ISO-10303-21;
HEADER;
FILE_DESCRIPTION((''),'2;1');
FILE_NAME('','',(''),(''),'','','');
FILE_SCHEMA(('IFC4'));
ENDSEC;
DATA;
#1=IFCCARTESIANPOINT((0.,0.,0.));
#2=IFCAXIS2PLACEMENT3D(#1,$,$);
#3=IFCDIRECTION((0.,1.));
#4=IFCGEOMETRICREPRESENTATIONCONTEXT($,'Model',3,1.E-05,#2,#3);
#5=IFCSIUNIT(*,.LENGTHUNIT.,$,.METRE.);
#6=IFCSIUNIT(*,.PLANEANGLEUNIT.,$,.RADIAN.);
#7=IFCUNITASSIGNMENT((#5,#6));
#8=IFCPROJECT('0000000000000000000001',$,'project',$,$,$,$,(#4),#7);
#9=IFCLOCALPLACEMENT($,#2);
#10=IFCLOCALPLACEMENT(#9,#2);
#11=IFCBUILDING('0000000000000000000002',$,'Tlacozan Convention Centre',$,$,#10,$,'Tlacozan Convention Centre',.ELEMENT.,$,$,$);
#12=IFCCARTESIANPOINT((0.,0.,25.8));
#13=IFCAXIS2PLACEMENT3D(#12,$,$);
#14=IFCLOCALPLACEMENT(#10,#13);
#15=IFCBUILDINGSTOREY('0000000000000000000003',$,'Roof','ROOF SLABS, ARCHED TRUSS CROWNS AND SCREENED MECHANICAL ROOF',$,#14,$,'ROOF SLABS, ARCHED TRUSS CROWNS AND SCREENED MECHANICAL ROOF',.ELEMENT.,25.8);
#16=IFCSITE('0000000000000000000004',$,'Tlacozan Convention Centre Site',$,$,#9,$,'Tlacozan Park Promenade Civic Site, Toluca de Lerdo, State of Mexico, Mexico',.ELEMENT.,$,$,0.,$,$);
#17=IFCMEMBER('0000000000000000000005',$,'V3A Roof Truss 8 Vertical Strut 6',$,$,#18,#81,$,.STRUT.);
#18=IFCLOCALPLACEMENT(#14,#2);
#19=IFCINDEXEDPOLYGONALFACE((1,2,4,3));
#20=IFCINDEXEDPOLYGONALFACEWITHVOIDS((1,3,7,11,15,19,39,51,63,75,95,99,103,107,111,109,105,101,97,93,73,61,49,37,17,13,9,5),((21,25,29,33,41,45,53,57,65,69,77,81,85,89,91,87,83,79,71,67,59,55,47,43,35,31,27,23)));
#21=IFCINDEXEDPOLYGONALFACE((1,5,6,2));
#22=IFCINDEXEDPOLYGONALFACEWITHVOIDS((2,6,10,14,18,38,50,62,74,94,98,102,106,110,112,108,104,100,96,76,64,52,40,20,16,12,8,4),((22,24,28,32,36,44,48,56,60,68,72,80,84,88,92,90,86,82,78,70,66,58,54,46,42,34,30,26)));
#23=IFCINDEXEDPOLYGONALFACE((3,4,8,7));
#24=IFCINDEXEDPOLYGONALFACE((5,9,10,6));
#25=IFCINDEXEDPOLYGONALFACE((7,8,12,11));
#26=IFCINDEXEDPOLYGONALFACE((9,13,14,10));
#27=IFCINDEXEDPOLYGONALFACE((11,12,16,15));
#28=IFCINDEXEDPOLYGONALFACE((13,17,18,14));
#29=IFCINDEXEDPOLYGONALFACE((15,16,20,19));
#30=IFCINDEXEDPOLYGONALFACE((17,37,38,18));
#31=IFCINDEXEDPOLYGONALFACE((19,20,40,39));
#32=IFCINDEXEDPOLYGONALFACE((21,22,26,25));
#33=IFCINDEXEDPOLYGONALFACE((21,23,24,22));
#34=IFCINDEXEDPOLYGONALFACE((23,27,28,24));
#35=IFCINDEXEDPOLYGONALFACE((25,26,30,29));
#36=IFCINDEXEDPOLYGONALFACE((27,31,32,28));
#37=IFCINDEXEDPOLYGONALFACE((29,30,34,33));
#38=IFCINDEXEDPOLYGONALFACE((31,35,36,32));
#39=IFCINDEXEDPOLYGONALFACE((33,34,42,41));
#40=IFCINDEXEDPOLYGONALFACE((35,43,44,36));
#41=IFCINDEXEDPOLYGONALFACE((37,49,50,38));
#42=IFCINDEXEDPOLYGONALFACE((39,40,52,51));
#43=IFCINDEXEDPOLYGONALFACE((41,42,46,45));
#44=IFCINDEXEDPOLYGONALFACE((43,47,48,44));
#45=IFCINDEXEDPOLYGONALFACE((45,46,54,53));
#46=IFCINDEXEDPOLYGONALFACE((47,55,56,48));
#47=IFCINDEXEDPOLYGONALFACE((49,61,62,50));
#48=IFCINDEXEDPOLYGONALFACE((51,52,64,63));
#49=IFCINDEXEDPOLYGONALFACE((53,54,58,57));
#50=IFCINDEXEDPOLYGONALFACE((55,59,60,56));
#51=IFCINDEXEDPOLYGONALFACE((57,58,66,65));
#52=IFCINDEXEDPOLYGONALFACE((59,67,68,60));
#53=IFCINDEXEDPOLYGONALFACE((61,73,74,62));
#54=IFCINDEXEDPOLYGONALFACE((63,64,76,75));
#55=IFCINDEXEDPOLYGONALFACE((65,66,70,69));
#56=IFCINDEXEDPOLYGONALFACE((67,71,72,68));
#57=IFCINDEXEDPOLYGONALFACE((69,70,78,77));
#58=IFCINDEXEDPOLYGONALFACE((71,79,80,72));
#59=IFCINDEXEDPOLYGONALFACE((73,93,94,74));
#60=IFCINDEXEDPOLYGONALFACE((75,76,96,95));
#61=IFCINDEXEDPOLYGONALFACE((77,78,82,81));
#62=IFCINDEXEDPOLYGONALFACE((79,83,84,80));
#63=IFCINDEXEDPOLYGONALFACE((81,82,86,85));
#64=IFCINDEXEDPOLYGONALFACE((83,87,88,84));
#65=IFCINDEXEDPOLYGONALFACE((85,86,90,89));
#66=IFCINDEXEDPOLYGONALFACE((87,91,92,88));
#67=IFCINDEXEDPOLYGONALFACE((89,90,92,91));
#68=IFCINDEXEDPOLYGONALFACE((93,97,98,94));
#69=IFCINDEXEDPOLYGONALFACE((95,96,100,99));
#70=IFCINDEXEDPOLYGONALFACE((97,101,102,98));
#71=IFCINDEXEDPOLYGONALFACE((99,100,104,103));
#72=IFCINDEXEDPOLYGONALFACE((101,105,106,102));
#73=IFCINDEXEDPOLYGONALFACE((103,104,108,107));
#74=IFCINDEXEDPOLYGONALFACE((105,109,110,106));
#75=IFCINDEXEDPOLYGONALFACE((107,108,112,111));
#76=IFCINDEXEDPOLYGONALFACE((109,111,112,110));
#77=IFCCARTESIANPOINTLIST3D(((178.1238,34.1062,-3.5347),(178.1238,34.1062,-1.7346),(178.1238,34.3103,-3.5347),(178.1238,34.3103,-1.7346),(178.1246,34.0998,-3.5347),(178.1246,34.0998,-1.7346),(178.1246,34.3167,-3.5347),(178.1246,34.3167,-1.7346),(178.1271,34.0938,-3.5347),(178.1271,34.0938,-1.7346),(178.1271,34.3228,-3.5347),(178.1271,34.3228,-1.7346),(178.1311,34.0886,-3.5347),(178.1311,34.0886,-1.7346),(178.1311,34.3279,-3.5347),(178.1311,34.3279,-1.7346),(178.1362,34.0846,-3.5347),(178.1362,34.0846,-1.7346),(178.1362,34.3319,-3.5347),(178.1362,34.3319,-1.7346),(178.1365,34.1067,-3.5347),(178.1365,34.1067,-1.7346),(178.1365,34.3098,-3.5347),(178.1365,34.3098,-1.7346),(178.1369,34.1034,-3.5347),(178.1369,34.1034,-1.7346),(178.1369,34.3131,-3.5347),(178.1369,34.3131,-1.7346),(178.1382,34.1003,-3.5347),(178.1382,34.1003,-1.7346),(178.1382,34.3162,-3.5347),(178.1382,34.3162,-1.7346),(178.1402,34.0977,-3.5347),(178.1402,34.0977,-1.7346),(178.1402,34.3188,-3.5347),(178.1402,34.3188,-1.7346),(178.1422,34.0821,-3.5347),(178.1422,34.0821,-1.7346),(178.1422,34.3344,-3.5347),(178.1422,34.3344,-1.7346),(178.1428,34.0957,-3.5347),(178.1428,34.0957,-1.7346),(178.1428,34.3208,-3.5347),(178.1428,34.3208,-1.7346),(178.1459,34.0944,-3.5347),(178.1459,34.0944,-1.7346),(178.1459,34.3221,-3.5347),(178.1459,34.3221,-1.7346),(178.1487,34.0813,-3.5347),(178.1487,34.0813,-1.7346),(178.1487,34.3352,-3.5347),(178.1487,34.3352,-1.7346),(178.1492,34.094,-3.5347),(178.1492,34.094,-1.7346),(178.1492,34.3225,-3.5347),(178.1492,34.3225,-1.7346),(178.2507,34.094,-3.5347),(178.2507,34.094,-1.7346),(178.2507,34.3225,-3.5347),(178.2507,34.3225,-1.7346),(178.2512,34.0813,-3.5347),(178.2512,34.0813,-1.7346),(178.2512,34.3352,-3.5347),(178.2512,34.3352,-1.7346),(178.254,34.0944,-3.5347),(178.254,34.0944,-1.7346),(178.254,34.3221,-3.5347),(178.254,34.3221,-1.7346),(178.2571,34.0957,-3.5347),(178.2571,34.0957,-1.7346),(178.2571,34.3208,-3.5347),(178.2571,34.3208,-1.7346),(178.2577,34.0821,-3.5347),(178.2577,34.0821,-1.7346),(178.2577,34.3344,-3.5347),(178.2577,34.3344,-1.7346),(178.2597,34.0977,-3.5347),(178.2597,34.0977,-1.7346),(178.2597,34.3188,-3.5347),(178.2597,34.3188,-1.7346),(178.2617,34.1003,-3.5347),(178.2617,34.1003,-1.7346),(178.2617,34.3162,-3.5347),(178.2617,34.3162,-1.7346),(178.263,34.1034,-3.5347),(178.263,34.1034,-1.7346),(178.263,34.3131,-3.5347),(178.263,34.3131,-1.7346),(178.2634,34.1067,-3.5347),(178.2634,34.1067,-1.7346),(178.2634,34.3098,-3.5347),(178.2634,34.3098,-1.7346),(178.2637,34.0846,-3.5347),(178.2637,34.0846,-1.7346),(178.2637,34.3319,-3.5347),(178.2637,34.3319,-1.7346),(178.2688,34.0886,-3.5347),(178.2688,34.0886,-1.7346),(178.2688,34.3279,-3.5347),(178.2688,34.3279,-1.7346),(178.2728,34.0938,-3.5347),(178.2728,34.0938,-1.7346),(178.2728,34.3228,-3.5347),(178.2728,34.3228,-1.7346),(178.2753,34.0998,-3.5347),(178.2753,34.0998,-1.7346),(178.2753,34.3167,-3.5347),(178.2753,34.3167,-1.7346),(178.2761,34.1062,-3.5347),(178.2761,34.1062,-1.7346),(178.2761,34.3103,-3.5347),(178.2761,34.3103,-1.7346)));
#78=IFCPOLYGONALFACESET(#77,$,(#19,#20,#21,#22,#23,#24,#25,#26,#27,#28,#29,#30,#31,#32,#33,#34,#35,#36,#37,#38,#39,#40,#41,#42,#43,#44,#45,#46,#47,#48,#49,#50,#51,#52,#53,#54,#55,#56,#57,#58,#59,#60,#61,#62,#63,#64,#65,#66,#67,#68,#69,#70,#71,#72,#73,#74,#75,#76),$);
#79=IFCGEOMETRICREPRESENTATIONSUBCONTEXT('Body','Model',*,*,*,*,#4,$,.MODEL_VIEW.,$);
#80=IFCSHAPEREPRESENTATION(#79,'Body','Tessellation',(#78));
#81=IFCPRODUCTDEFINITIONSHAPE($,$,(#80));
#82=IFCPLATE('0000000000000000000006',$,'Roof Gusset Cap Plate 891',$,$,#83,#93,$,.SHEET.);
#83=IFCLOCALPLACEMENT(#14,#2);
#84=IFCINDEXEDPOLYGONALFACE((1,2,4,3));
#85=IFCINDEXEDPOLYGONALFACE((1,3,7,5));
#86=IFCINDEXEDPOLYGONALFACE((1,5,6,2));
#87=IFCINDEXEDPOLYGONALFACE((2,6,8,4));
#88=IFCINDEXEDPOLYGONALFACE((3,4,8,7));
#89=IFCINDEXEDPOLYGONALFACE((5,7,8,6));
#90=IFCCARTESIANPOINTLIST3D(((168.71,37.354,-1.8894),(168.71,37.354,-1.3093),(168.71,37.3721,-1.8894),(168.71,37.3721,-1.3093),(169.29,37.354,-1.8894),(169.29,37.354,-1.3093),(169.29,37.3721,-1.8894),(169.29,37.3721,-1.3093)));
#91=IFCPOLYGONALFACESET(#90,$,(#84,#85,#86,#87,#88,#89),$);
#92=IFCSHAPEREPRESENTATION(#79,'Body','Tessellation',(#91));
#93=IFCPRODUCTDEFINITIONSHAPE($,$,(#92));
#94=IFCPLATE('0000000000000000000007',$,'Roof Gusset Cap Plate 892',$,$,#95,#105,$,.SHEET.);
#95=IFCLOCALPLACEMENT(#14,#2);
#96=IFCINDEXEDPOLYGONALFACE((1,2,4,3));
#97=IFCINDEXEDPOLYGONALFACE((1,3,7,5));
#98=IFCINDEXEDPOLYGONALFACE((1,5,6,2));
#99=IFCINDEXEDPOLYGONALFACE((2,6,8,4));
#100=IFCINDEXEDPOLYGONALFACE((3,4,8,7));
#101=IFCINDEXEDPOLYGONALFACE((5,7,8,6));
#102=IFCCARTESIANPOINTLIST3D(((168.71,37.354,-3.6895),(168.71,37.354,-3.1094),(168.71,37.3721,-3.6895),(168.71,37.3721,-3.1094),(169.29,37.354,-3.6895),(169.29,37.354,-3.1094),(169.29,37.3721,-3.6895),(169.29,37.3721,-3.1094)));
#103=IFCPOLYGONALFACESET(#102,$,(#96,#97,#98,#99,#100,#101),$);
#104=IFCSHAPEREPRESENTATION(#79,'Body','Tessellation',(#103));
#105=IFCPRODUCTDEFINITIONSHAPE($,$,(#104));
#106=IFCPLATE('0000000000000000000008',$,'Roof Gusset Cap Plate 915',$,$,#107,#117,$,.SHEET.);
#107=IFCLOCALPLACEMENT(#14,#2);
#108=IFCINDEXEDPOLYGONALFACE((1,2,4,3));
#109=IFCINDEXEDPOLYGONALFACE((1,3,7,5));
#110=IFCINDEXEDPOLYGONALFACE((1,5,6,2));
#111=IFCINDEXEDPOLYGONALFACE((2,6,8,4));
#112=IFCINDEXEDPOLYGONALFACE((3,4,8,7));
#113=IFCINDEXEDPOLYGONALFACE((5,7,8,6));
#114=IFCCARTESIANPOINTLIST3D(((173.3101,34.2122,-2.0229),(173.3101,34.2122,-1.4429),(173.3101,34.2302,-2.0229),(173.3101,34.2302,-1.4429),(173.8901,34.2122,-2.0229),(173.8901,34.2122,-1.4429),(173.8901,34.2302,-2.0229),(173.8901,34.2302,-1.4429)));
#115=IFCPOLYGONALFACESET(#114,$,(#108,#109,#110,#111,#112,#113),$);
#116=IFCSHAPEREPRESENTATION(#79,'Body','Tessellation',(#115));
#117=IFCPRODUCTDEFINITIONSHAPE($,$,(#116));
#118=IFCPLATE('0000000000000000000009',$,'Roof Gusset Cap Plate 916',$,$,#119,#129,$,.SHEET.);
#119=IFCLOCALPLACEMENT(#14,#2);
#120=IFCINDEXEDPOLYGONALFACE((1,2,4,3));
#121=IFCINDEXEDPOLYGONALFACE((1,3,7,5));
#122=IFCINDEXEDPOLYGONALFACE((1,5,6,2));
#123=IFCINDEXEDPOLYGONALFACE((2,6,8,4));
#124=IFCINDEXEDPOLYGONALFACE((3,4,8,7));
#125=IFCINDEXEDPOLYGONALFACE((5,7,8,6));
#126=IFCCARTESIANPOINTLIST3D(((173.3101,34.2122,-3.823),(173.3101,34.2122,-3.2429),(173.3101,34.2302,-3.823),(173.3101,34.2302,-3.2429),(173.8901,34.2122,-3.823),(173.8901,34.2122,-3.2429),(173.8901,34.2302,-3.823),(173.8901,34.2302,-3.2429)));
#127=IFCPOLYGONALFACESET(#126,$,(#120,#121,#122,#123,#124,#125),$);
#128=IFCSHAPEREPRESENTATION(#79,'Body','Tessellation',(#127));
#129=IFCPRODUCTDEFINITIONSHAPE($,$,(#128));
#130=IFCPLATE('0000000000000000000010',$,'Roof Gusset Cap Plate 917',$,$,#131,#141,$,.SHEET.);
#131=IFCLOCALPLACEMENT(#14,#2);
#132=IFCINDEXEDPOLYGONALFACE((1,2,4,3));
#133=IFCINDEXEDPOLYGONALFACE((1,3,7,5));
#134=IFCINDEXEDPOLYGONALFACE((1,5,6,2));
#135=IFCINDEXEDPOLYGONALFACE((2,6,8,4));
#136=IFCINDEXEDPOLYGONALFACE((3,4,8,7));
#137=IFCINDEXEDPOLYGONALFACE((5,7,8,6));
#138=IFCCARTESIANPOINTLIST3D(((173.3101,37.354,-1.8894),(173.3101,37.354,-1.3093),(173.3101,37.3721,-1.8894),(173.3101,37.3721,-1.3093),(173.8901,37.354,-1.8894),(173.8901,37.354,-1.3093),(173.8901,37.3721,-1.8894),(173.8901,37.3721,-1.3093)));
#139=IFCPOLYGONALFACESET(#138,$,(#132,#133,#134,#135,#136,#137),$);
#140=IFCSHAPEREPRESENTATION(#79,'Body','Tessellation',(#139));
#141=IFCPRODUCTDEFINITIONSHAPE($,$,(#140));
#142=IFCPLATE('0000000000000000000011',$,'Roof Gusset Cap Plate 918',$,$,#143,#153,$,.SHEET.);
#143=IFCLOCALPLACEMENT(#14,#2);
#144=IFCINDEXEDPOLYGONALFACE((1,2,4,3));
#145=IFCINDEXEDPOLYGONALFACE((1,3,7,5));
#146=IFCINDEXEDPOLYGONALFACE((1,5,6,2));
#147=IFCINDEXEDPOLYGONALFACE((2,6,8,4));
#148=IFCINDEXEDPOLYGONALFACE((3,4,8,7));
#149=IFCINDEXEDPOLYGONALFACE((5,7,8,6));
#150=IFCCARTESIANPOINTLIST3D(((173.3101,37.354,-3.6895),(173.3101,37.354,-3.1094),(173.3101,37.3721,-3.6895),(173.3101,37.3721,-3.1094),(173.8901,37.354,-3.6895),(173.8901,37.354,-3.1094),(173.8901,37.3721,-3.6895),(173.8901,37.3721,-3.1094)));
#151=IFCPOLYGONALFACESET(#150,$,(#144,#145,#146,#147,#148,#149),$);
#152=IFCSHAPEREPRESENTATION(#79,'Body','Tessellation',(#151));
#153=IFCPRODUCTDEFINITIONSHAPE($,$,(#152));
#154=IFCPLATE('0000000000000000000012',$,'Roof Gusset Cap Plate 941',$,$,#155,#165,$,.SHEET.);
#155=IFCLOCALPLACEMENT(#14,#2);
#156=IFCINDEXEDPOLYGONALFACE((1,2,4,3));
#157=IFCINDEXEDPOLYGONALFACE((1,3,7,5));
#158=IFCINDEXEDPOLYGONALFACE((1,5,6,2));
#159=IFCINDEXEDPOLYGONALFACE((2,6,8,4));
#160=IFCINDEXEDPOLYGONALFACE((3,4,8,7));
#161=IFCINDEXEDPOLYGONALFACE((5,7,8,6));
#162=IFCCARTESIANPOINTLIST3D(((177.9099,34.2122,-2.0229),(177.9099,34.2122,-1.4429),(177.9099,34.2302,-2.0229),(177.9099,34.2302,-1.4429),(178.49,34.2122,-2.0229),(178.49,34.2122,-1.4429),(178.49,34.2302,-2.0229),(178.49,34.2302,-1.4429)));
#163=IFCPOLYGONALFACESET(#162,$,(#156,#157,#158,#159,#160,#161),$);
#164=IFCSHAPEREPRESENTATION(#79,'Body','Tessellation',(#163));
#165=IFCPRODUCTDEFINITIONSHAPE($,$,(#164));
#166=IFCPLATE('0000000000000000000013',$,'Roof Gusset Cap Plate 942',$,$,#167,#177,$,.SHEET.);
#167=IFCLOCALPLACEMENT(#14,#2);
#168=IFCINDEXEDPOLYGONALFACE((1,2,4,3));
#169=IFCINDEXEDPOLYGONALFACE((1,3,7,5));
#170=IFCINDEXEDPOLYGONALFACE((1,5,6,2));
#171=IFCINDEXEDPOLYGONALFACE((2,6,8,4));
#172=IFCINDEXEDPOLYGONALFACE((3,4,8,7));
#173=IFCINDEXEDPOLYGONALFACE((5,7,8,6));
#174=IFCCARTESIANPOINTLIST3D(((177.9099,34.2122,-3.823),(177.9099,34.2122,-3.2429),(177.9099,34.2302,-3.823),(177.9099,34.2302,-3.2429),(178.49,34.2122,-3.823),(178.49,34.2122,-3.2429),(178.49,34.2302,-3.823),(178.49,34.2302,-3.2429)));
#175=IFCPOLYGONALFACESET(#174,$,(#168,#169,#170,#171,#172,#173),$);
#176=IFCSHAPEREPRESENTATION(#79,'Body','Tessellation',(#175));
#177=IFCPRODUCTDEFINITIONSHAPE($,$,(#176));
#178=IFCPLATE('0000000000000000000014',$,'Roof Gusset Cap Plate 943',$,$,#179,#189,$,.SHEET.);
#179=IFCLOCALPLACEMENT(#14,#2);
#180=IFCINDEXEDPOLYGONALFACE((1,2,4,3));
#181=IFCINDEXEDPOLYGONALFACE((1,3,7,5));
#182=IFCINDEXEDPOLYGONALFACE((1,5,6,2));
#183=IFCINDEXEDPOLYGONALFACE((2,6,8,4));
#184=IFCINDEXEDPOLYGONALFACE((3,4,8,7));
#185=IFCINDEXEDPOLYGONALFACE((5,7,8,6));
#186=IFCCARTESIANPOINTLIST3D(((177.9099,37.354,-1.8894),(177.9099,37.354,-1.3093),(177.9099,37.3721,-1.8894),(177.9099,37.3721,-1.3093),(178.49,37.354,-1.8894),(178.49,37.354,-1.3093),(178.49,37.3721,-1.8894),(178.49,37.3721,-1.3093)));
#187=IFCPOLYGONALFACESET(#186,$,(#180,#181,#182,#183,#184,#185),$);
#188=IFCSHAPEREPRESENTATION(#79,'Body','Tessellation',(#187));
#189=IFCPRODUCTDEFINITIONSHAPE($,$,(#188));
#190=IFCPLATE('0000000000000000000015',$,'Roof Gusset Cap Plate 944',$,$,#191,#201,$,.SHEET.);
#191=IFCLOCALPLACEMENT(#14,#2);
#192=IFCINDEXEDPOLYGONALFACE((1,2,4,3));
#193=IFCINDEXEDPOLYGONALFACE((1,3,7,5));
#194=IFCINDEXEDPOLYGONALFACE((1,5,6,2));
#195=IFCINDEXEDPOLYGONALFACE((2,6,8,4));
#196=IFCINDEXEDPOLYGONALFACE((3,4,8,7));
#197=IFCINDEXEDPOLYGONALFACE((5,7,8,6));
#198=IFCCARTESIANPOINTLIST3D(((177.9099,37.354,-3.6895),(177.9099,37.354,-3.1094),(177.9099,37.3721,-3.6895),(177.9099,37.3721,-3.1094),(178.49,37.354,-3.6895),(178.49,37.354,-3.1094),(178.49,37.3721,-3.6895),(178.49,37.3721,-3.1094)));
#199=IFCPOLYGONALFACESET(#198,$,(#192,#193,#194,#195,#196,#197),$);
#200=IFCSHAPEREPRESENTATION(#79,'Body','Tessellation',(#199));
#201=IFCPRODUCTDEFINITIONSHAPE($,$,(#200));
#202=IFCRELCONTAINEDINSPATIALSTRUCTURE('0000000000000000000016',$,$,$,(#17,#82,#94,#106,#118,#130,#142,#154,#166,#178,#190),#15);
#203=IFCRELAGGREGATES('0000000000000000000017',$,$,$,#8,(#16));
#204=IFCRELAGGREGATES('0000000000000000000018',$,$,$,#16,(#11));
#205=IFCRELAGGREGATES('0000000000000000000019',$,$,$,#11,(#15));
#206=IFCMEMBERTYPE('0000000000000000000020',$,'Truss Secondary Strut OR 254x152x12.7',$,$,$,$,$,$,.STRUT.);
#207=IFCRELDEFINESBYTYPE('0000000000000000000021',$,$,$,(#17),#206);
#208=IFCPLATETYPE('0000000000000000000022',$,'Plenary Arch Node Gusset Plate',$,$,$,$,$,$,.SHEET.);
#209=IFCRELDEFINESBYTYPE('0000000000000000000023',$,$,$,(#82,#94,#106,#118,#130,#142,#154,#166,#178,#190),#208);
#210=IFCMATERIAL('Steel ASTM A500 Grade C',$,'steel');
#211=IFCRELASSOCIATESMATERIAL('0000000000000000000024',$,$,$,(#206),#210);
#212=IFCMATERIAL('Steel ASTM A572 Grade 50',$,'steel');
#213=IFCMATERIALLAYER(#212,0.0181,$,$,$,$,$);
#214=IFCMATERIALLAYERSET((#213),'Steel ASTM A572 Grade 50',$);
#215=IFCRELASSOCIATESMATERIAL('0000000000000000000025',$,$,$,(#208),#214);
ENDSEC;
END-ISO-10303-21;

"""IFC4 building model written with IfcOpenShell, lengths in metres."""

from ifc_helpers import new_model, si_unit, direction, frame, origin, origin_2d, place, context, subcontext, project, spatial, rectangle, hollow_rectangle, extrude, material, layer, layer_set, material_profile, profile_set, type_object, element, save


model = new_model("IFC4")

# Units and contexts
model_context = context("Model", 3, precision=1e-05, world=origin(), true_north=direction((0.0, 1.0)))
body_context = subcontext(model_context, "Body", "Model", "MODEL_VIEW")
ifc_project = project(units=[si_unit("LENGTHUNIT", "METRE"), si_unit("PLANEANGLEUNIT", "RADIAN")], contexts=[model_context])

# Site, building, storey
site_placement = place(None, origin())
site = spatial("IfcSite", under=ifc_project, at=site_placement, Name="Tlacozan Convention Centre Site", LongName="Tlacozan Park Promenade Civic Site, Toluca de Lerdo, State of Mexico, Mexico", CompositionType="ELEMENT", RefElevation=0.0)
building_placement = place(site_placement, origin())
building = spatial("IfcBuilding", under=site, at=building_placement, Name="Tlacozan Convention Centre", LongName="Tlacozan Convention Centre", CompositionType="ELEMENT")
storey_placement = place(building_placement, frame((0.0, 0.0, 25.8)))
storey = spatial("IfcBuildingStorey", under=building, at=storey_placement, Name="Roof", Description="ROOF SLABS, ARCHED TRUSS CROWNS AND SCREENED MECHANICAL ROOF", LongName="ROOF SLABS, ARCHED TRUSS CROWNS AND SCREENED MECHANICAL ROOF", CompositionType="ELEMENT", Elevation=25.8)

# Member
ifc_material_1 = material(Name="Steel ASTM A500 Grade C", Category="steel")
ifc_material_profile_1 = material_profile(ifc_material_1, hollow_rectangle(XDim=0.1523, YDim=0.2539, WallThickness=0.0127, InnerFilletRadius=0.0127, OuterFilletRadius=0.0249, at=origin_2d()), Name="OR 254x152x12.7")
ifc_profile_set_1 = profile_set([ifc_material_profile_1], Name="Steel ASTM A500 Grade C")
member_type_1 = type_object("IfcMemberType", Name="Truss Secondary Strut OR 254x152x12.7", PredefinedType="STRUT", material=ifc_profile_set_1)
member_1_placement = place(storey_placement, frame((178.2, 34.2083, -3.5347), z_axis=(0.0, 0.0, 1.0), x_axis=(1.0, 0.0, 0.0)))
element("IfcMember", 1, at=member_1_placement, inside=storey, type_object=member_type_1, Name="V3A Roof Truss 8 Vertical Strut 6", PredefinedType="STRUT", context=body_context, shape_type="SweptSolid", body=[
    extrude(hollow_rectangle(XDim=0.1523, YDim=0.2539, WallThickness=0.0127, InnerFilletRadius=0.0127, OuterFilletRadius=0.0249, at=origin_2d()), origin(), (0.0, 0.0, 1.0), 1.8),
])

# Plates
ifc_material_2 = material(Name="Steel ASTM A572 Grade 50", Category="steel")
ifc_layer = layer(ifc_material_2, 0.0181)
ifc_layer_set = layer_set([ifc_layer], Name="Steel ASTM A572 Grade 50")
plate_type = type_object("IfcPlateType", Name="Plenary Arch Node Gusset Plate", PredefinedType="SHEET", material=ifc_layer_set)
for number, where, z_axis, x_axis, name in (
    (2, (169.0, 37.363, -1.8894), (0.0, 0.0, 1.0), (0.0, 1.0, 0.0), "Roof Gusset Cap Plate 891"),
    (3, (169.0, 37.363, -3.6895), (0.0, 0.0, 1.0), (0.0, 1.0, 0.0), "Roof Gusset Cap Plate 892"),
    (4, (173.6001, 34.2212, -2.0229), (0.0, 0.0, 1.0), (0.0, 1.0, 0.0), "Roof Gusset Cap Plate 915"),
    (5, (173.6001, 34.2212, -3.823), (0.0, 0.0, 1.0), (0.0, 1.0, 0.0), "Roof Gusset Cap Plate 916"),
    (6, (173.6001, 37.363, -1.8894), (0.0, 0.0, 1.0), (0.0, 1.0, 0.0), "Roof Gusset Cap Plate 917"),
    (7, (173.6001, 37.363, -3.6895), (0.0, 0.0, 1.0), (0.0, 1.0, 0.0), "Roof Gusset Cap Plate 918"),
    (8, (178.2, 34.2212, -2.0229), (0.0, 0.0, 1.0), (0.0, 1.0, 0.0), "Roof Gusset Cap Plate 941"),
    (9, (178.2, 34.2212, -3.823), (0.0, 0.0, 1.0), (0.0, 1.0, 0.0), "Roof Gusset Cap Plate 942"),
    (10, (178.2, 37.363, -1.8894), (0.0, 0.0, 1.0), (0.0, 1.0, 0.0), "Roof Gusset Cap Plate 943"),
    (11, (178.2, 37.363, -3.6895), (0.0, 0.0, 1.0), (0.0, 1.0, 0.0), "Roof Gusset Cap Plate 944"),
):
    element("IfcPlate", number, at=place(storey_placement, frame(where, z_axis=z_axis, x_axis=x_axis)), inside=storey, type_object=plate_type, Name=name, PredefinedType="SHEET", context=body_context, shape_type="SweptSolid", body=[
        extrude(rectangle(XDim=0.0181, YDim=0.5801, at=origin_2d()), origin(), (0.0, 0.0, 1.0), 0.5801),
    ])

save(model, "model.ifc")
